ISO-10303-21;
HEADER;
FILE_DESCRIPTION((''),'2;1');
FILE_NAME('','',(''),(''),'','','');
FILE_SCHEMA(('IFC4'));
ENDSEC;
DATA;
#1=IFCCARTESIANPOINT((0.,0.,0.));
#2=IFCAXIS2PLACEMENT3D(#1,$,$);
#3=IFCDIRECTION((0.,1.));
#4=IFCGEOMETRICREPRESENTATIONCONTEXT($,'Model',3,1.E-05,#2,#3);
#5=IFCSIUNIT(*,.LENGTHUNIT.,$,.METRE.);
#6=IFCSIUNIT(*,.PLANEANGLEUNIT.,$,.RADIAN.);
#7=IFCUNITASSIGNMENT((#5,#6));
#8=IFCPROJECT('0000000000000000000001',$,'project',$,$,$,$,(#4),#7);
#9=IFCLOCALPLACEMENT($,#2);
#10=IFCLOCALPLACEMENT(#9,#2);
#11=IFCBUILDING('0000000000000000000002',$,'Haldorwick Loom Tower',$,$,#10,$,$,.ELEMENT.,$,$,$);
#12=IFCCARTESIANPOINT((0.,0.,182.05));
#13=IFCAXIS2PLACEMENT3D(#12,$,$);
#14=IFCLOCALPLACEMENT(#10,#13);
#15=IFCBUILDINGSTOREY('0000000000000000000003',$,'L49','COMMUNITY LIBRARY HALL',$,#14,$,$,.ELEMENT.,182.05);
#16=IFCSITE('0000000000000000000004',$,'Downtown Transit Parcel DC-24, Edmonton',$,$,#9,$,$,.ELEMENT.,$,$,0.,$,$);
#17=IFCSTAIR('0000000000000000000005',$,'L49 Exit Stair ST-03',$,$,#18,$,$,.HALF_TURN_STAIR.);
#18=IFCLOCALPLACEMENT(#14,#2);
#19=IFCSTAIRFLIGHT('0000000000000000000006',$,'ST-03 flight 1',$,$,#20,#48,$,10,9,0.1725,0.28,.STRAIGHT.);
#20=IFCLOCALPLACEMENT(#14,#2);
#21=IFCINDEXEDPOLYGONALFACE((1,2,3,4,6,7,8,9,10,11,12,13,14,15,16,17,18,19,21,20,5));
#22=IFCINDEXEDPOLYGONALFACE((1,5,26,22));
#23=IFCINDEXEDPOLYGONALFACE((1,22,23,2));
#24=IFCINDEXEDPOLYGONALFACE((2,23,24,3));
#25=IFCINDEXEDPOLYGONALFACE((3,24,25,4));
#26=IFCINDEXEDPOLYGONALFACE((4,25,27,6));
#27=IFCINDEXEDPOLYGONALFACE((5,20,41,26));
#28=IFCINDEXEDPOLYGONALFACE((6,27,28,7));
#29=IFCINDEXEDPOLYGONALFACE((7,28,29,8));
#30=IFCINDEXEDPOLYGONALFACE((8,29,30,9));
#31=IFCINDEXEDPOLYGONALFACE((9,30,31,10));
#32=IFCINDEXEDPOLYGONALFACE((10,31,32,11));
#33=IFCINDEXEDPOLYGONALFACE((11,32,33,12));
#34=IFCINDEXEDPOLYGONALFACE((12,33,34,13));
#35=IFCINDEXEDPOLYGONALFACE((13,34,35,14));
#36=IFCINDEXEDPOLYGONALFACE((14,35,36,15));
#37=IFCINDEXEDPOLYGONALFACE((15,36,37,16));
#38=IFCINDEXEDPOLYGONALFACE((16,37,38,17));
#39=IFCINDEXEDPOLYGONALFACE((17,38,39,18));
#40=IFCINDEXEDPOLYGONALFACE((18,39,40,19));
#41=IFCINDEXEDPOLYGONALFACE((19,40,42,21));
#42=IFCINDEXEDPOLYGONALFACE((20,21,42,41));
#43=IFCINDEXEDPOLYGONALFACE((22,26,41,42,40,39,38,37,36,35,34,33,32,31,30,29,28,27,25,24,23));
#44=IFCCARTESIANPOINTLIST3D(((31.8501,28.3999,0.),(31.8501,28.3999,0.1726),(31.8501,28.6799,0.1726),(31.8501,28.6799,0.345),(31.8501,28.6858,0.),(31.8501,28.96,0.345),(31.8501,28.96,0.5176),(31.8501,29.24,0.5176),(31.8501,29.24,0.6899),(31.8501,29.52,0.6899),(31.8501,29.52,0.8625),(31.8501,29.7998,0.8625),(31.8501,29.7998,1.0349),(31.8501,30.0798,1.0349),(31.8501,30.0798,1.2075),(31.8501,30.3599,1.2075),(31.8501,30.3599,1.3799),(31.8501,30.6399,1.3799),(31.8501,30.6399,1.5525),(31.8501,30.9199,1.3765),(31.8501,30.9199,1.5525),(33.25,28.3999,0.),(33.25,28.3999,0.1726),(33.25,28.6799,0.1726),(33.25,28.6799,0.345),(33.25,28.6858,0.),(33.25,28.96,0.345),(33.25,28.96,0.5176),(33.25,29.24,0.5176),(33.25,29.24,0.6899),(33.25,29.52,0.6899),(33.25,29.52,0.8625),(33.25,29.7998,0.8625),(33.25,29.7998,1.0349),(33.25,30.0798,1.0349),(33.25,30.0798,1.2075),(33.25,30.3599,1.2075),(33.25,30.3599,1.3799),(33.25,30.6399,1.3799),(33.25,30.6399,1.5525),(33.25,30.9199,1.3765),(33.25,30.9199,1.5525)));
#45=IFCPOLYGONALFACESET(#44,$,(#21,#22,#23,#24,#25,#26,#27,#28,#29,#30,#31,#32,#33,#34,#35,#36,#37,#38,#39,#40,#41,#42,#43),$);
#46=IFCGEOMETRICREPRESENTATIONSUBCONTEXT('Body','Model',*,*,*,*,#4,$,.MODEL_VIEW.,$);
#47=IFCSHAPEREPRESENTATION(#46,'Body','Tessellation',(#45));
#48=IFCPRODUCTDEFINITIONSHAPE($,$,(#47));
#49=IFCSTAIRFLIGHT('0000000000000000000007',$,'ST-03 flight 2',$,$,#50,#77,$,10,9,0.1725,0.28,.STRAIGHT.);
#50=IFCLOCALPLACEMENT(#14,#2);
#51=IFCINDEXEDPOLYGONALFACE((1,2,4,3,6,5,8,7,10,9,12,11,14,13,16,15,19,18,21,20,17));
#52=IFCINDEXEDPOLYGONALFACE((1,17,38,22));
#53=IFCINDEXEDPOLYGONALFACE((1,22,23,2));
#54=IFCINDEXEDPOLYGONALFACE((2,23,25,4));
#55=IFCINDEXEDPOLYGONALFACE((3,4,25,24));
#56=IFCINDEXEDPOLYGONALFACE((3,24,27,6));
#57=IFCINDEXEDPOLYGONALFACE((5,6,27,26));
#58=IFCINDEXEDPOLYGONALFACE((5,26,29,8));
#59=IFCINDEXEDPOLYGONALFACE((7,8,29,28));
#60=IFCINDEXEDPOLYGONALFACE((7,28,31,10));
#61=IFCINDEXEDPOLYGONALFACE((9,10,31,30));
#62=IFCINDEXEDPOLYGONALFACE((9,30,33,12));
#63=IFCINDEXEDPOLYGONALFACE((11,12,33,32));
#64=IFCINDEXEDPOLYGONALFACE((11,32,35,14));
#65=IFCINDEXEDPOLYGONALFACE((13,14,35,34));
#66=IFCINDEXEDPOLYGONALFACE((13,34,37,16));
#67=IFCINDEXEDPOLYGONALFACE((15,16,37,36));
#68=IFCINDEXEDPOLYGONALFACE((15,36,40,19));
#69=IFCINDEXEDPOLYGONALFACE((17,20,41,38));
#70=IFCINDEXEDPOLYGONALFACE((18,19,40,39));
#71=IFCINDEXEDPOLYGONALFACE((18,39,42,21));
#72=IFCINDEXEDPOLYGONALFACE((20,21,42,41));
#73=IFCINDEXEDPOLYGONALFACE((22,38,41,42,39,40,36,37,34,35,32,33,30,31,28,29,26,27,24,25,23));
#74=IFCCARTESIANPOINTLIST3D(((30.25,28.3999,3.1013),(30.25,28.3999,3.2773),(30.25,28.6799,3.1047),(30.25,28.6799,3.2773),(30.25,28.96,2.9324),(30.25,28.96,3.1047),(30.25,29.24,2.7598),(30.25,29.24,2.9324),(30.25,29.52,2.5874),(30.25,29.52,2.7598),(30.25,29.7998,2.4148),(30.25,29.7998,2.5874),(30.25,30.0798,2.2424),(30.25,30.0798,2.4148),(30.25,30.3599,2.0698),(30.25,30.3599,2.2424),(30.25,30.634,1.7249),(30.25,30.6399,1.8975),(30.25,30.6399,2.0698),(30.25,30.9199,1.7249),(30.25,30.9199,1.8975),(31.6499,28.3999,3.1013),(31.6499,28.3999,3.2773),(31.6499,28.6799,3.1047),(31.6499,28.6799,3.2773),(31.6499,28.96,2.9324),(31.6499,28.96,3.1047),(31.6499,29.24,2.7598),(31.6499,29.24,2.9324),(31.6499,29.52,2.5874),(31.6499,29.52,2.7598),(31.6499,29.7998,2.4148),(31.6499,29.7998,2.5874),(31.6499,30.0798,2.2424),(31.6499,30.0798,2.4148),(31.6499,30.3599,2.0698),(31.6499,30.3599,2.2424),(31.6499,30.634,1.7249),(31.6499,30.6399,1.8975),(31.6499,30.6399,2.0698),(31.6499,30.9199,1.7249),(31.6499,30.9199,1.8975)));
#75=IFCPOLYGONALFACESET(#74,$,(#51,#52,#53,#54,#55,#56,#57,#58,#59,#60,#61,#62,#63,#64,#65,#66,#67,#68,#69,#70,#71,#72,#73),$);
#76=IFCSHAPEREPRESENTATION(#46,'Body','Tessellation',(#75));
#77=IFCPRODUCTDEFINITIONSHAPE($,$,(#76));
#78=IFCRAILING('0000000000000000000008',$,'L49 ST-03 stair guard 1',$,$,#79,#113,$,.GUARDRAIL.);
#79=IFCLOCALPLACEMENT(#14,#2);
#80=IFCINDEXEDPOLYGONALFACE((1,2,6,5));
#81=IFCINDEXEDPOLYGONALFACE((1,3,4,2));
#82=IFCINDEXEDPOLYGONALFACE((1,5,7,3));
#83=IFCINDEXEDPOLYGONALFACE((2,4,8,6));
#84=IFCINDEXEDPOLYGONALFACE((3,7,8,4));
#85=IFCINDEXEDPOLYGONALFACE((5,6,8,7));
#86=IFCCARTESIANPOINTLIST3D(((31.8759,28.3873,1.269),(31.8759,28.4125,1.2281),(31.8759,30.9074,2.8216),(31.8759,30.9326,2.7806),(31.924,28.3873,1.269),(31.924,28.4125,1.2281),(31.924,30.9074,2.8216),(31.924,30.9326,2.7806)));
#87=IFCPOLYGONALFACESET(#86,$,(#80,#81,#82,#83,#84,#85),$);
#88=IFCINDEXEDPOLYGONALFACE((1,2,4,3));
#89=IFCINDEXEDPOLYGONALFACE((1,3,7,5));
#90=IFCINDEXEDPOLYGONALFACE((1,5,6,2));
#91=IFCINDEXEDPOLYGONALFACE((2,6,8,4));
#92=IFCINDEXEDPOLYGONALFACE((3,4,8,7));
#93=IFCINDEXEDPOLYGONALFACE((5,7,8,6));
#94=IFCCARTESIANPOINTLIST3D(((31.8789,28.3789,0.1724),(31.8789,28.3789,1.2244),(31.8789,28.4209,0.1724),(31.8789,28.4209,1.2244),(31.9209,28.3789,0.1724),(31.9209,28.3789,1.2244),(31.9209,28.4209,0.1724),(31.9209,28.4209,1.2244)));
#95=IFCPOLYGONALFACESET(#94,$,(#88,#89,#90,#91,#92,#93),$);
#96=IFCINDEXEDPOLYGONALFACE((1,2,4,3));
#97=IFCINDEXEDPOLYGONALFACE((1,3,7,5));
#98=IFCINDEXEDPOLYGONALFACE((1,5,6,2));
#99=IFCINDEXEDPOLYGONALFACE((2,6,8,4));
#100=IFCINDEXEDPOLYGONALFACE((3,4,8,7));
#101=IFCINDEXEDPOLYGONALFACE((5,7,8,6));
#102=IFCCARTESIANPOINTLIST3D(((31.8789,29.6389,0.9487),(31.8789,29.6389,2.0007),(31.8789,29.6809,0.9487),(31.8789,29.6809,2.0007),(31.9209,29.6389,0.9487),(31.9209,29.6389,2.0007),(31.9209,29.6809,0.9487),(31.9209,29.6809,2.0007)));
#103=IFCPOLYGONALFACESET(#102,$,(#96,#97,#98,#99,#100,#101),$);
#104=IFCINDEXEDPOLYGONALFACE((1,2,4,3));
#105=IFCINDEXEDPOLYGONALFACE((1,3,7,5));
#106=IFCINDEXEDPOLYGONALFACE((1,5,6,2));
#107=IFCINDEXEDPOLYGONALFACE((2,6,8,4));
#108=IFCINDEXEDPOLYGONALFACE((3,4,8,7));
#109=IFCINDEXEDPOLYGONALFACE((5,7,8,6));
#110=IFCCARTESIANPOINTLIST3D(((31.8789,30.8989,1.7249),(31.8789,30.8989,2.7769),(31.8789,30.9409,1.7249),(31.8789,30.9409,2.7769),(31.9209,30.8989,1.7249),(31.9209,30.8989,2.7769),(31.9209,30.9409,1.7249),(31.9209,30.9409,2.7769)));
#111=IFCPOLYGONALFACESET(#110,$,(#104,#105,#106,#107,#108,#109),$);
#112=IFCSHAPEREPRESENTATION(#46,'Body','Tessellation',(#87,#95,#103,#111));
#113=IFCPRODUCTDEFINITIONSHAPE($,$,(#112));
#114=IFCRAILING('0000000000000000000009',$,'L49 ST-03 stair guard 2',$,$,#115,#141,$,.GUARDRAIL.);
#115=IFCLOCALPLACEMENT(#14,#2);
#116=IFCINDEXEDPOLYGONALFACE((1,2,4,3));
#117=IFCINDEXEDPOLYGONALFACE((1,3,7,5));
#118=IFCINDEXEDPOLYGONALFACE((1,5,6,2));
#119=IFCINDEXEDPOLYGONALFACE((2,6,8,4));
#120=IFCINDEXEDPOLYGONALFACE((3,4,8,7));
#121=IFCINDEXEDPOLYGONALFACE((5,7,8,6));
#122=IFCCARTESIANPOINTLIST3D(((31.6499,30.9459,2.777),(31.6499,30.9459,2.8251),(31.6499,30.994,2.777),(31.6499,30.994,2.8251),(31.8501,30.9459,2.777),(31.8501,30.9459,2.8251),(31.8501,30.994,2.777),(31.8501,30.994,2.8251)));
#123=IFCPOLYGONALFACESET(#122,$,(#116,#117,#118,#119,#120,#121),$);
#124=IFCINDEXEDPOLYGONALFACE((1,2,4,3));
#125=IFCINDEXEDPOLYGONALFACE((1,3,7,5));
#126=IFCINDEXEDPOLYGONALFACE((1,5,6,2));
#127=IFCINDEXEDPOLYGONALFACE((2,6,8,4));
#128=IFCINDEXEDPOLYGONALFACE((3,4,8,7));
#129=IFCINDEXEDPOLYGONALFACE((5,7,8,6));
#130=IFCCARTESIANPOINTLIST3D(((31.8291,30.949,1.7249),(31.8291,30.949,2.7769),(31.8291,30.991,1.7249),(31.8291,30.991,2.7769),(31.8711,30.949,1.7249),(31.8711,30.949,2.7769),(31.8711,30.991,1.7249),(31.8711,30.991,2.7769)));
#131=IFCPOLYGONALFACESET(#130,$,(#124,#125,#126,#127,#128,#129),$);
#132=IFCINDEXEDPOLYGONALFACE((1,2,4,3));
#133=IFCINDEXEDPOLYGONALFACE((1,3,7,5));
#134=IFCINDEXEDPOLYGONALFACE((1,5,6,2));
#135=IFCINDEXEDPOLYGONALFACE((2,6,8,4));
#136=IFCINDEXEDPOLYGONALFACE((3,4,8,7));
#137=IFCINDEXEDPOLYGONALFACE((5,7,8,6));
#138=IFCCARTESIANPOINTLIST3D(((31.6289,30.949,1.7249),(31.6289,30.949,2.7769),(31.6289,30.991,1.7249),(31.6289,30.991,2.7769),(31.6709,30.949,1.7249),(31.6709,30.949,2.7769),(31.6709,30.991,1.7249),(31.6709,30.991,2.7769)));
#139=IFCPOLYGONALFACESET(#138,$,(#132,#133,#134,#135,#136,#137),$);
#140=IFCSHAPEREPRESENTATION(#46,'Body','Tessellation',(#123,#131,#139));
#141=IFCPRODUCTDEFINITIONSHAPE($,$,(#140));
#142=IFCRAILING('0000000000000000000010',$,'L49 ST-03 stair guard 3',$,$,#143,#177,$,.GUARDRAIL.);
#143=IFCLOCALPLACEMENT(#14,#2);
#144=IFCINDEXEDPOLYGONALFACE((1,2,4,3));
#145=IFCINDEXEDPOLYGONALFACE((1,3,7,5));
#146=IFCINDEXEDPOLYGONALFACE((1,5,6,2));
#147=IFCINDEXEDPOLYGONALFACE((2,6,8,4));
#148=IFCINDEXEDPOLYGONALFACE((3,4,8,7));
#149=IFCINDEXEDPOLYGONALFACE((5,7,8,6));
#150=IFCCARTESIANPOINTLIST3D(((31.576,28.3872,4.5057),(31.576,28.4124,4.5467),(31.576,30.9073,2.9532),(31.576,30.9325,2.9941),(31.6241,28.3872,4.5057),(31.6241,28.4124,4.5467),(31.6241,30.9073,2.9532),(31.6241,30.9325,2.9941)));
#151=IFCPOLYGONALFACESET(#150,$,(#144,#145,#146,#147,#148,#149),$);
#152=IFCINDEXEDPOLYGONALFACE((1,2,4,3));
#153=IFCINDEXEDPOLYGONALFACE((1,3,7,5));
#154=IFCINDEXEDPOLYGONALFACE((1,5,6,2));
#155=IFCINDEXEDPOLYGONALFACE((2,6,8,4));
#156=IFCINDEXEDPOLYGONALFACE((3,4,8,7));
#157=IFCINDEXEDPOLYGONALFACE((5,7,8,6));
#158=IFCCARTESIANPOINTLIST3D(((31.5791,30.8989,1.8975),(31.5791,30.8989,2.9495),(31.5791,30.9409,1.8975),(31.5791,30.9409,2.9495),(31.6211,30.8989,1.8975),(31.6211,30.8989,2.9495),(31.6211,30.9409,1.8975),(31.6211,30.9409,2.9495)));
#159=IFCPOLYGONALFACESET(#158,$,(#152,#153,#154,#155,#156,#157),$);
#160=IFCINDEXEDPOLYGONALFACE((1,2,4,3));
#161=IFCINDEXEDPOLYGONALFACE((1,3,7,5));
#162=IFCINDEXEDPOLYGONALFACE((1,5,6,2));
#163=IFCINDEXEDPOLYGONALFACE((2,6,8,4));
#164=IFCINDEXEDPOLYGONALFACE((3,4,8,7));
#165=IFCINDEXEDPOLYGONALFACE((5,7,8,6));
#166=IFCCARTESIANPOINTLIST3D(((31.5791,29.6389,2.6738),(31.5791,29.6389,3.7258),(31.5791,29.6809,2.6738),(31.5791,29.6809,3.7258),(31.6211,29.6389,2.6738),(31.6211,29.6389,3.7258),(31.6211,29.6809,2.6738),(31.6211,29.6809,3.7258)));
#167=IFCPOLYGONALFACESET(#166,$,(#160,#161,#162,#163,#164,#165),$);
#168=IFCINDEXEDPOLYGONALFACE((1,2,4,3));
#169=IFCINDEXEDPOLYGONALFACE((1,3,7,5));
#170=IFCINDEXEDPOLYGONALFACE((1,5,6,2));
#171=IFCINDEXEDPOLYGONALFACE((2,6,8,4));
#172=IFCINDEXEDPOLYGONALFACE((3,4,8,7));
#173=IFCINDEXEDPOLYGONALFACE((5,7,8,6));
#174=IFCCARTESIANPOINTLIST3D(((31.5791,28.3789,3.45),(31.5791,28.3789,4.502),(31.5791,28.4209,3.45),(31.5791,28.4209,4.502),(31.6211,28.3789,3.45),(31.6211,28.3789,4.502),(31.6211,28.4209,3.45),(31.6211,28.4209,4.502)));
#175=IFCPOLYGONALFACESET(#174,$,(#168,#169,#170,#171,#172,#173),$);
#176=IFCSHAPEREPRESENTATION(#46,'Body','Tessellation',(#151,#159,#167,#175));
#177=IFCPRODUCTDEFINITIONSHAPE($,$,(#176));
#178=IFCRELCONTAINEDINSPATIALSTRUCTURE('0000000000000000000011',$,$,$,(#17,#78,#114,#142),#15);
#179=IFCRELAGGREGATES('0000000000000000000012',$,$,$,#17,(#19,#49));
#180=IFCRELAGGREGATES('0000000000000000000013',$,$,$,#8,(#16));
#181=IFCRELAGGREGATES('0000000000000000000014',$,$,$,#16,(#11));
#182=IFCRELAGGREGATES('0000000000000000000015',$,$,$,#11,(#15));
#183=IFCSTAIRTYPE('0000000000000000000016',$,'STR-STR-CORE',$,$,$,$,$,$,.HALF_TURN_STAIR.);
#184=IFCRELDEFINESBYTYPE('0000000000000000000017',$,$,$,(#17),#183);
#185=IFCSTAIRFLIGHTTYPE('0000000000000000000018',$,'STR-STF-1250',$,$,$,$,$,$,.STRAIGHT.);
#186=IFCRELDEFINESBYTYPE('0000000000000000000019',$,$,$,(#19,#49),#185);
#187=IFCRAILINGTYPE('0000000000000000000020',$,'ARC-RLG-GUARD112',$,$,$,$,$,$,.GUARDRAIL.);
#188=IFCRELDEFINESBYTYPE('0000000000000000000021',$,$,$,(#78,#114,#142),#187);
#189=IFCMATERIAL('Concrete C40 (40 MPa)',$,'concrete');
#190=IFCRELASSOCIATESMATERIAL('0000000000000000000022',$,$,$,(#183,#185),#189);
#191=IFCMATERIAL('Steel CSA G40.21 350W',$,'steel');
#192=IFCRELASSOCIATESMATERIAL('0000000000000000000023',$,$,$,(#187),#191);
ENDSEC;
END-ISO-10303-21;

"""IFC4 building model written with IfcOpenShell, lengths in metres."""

from ifc_helpers import new_model, si_unit, direction, frame, origin, origin_2d, place, context, subcontext, project, spatial, polyline, rectangle, outline, extrude, material, type_object, element, aggregate, save


model = new_model("IFC4")

# Units and contexts
model_context = context("Model", 3, precision=1e-05, world=origin(), true_north=direction((0.0, 1.0)))
body_context = subcontext(model_context, "Body", "Model", "MODEL_VIEW")
ifc_project = project(units=[si_unit("LENGTHUNIT", "METRE"), si_unit("PLANEANGLEUNIT", "RADIAN")], contexts=[model_context])

# Site, building, storey
site_placement = place(None, origin())
site = spatial("IfcSite", under=ifc_project, at=site_placement, Name="Downtown Transit Parcel DC-24, Edmonton", CompositionType="ELEMENT", RefElevation=0.0)
building_placement = place(site_placement, origin())
building = spatial("IfcBuilding", under=site, at=building_placement, Name="Haldorwick Loom Tower", CompositionType="ELEMENT")
storey_placement = place(building_placement, frame((0.0, 0.0, 182.05)))
storey = spatial("IfcBuildingStorey", under=building, at=storey_placement, Name="L49", Description="COMMUNITY LIBRARY HALL", CompositionType="ELEMENT", Elevation=182.05)

# Shared definitions
ifc_material_1 = material(Name="Steel CSA G40.21 350W", Category="steel")

# Stair, stair flights
ifc_material_2 = material(Name="Concrete C40 (40 MPa)", Category="concrete")
stair_type = type_object("IfcStairType", Name="STR-STR-CORE", PredefinedType="HALF_TURN_STAIR", material=ifc_material_2)
stair_placement = place(storey_placement, origin())
stair = element("IfcStair", 1, at=stair_placement, inside=storey, type_object=stair_type, Name="L49 Exit Stair ST-03", PredefinedType="HALF_TURN_STAIR")
stair_flight_type = type_object("IfcStairFlightType", Name="STR-STF-1250", PredefinedType="STRAIGHT", material=ifc_material_2)
stair_flight_1_placement = place(storey_placement, frame((32.55, 28.3999, 0.0), z_axis=(0.0, 0.0, 1.0), x_axis=(0.0, 1.0, 0.0)))
stair_flight_1 = element("IfcStairFlight", 2, at=stair_flight_1_placement, type_object=stair_flight_type, Name="ST-03 flight 1", NumberOfRisers=10, NumberOfTreads=9, PredefinedType="STRAIGHT", RiserHeight=0.1725, TreadLength=0.28, context=body_context, shape_type="SweptSolid", body=[
    extrude(outline(polyline([(0.0, 0.0), (0.0, 0.1726), (0.28, 0.1726), (0.28, 0.345), (0.5601, 0.345), (0.5601, 0.5176), (0.8401, 0.5176), (0.8401, 0.6899), (1.1201, 0.6899), (1.1201, 0.8625), (1.3999, 0.8625), (1.3999, 1.0349), (1.6799, 1.0349), (1.6799, 1.2075), (1.96, 1.2075), (1.96, 1.3799), (2.24, 1.3799), (2.24, 1.5525), (2.52, 1.5525), (2.52, 1.7251), (2.52, 1.3765), (0.2859, 0.0), (0.0, 0.0)])), frame((0.0, 0.7, 0.0), z_axis=(0.0, -1.0, 0.0), x_axis=(1.0, 0.0, 0.0)), (0.0, 0.0, 1.0), 1.3999),
])
stair_flight_2_placement = place(storey_placement, frame((30.95, 30.9199, 1.7249), z_axis=(0.0, 0.0, 1.0), x_axis=(0.0, -1.0, 0.0)))
stair_flight_2 = element("IfcStairFlight", 3, at=stair_flight_2_placement, type_object=stair_flight_type, Name="ST-03 flight 2", NumberOfRisers=10, NumberOfTreads=9, PredefinedType="STRAIGHT", RiserHeight=0.1725, TreadLength=0.28, context=body_context, shape_type="SweptSolid", body=[
    extrude(outline(polyline([(0.0, 0.0), (0.0, 0.1726), (0.28, 0.1726), (0.28, 0.345), (0.5601, 0.345), (0.5601, 0.5176), (0.8401, 0.5176), (0.8401, 0.6899), (1.1201, 0.6899), (1.1201, 0.8625), (1.3999, 0.8625), (1.3999, 1.0349), (1.6799, 1.0349), (1.6799, 1.2075), (1.96, 1.2075), (1.96, 1.3799), (2.24, 1.3799), (2.24, 1.5525), (2.52, 1.5525), (2.52, 1.7251), (2.52, 1.3765), (0.2859, 0.0), (0.0, 0.0)])), frame((0.0, 0.7, 0.0), z_axis=(0.0, -1.0, 0.0), x_axis=(1.0, 0.0, 0.0)), (0.0, 0.0, 1.0), 1.3999),
])
aggregate(stair, [stair_flight_1, stair_flight_2])

# Railings
railing_type_1 = type_object("IfcRailingType", Name="ARC-RLG-GUARD112", PredefinedType="GUARDRAIL", material=ifc_material_1)
railing_1_placement = place(storey_placement, frame((31.8999, 28.3999, 0.1724)))
element("IfcRailing", 4, at=railing_1_placement, inside=storey, type_object=railing_type_1, Name="L49 ST-03 stair guard 1", PredefinedType="GUARDRAIL", context=body_context, shape_type="SweptSolid", body=[
    extrude(rectangle(XDim=0.0481, YDim=0.0481, at=origin_2d()), frame((0.0, 0.0, 1.0762), z_axis=(0.0, 0.8514, 0.524516), x_axis=(-1.0, 0.0, 0.0)), (0.0, 0.0, 1.0), 2.96),
    extrude(rectangle(XDim=0.042, YDim=0.042, at=origin_2d()), origin(), (0.0, 0.0, 1.0), 1.052),
    extrude(rectangle(XDim=0.042, YDim=0.042, at=origin_2d()), frame((0.0, 1.26, 0.7764)), (0.0, 0.0, 1.0), 1.052),
    extrude(rectangle(XDim=0.042, YDim=0.042, at=origin_2d()), frame((0.0, 2.52, 1.5525)), (0.0, 0.0, 1.0), 1.052),
])
railing_2_placement = place(storey_placement, frame((31.8501, 30.97, 1.7249)))
element("IfcRailing", 5, at=railing_2_placement, inside=storey, type_object=railing_type_1, Name="L49 ST-03 stair guard 2", PredefinedType="GUARDRAIL", context=body_context, shape_type="SweptSolid", body=[
    extrude(rectangle(XDim=0.0481, YDim=0.0481, at=origin_2d()), frame((0.0, 0.0, 1.0762), z_axis=(-1.0, 0.0, 0.0), x_axis=(0.0, -1.0, 0.0)), (0.0, 0.0, 1.0), 0.2002),
    extrude(rectangle(XDim=0.042, YDim=0.042, at=origin_2d()), origin(), (0.0, 0.0, 1.0), 1.052),
    extrude(rectangle(XDim=0.042, YDim=0.042, at=origin_2d()), frame((-0.2002, 0.0, 0.0)), (0.0, 0.0, 1.0), 1.052),
])
railing_3_placement = place(storey_placement, frame((31.6001, 30.9199, 1.8975)))
element("IfcRailing", 6, at=railing_3_placement, inside=storey, type_object=railing_type_1, Name="L49 ST-03 stair guard 3", PredefinedType="GUARDRAIL", context=body_context, shape_type="SweptSolid", body=[
    extrude(rectangle(XDim=0.0481, YDim=0.0481, at=origin_2d()), frame((0.0, 0.0, 1.0762), z_axis=(0.0, -0.8514, 0.524516), x_axis=(1.0, 0.0, 0.0)), (0.0, 0.0, 1.0), 2.96),
    extrude(rectangle(XDim=0.042, YDim=0.042, at=origin_2d()), origin(), (0.0, 0.0, 1.0), 1.052),
    extrude(rectangle(XDim=0.042, YDim=0.042, at=origin_2d()), frame((0.0, -1.26, 0.7764)), (0.0, 0.0, 1.0), 1.052),
    extrude(rectangle(XDim=0.042, YDim=0.042, at=origin_2d()), frame((0.0, -2.52, 1.5525)), (0.0, 0.0, 1.0), 1.052),
])

save(model, "model.ifc")
